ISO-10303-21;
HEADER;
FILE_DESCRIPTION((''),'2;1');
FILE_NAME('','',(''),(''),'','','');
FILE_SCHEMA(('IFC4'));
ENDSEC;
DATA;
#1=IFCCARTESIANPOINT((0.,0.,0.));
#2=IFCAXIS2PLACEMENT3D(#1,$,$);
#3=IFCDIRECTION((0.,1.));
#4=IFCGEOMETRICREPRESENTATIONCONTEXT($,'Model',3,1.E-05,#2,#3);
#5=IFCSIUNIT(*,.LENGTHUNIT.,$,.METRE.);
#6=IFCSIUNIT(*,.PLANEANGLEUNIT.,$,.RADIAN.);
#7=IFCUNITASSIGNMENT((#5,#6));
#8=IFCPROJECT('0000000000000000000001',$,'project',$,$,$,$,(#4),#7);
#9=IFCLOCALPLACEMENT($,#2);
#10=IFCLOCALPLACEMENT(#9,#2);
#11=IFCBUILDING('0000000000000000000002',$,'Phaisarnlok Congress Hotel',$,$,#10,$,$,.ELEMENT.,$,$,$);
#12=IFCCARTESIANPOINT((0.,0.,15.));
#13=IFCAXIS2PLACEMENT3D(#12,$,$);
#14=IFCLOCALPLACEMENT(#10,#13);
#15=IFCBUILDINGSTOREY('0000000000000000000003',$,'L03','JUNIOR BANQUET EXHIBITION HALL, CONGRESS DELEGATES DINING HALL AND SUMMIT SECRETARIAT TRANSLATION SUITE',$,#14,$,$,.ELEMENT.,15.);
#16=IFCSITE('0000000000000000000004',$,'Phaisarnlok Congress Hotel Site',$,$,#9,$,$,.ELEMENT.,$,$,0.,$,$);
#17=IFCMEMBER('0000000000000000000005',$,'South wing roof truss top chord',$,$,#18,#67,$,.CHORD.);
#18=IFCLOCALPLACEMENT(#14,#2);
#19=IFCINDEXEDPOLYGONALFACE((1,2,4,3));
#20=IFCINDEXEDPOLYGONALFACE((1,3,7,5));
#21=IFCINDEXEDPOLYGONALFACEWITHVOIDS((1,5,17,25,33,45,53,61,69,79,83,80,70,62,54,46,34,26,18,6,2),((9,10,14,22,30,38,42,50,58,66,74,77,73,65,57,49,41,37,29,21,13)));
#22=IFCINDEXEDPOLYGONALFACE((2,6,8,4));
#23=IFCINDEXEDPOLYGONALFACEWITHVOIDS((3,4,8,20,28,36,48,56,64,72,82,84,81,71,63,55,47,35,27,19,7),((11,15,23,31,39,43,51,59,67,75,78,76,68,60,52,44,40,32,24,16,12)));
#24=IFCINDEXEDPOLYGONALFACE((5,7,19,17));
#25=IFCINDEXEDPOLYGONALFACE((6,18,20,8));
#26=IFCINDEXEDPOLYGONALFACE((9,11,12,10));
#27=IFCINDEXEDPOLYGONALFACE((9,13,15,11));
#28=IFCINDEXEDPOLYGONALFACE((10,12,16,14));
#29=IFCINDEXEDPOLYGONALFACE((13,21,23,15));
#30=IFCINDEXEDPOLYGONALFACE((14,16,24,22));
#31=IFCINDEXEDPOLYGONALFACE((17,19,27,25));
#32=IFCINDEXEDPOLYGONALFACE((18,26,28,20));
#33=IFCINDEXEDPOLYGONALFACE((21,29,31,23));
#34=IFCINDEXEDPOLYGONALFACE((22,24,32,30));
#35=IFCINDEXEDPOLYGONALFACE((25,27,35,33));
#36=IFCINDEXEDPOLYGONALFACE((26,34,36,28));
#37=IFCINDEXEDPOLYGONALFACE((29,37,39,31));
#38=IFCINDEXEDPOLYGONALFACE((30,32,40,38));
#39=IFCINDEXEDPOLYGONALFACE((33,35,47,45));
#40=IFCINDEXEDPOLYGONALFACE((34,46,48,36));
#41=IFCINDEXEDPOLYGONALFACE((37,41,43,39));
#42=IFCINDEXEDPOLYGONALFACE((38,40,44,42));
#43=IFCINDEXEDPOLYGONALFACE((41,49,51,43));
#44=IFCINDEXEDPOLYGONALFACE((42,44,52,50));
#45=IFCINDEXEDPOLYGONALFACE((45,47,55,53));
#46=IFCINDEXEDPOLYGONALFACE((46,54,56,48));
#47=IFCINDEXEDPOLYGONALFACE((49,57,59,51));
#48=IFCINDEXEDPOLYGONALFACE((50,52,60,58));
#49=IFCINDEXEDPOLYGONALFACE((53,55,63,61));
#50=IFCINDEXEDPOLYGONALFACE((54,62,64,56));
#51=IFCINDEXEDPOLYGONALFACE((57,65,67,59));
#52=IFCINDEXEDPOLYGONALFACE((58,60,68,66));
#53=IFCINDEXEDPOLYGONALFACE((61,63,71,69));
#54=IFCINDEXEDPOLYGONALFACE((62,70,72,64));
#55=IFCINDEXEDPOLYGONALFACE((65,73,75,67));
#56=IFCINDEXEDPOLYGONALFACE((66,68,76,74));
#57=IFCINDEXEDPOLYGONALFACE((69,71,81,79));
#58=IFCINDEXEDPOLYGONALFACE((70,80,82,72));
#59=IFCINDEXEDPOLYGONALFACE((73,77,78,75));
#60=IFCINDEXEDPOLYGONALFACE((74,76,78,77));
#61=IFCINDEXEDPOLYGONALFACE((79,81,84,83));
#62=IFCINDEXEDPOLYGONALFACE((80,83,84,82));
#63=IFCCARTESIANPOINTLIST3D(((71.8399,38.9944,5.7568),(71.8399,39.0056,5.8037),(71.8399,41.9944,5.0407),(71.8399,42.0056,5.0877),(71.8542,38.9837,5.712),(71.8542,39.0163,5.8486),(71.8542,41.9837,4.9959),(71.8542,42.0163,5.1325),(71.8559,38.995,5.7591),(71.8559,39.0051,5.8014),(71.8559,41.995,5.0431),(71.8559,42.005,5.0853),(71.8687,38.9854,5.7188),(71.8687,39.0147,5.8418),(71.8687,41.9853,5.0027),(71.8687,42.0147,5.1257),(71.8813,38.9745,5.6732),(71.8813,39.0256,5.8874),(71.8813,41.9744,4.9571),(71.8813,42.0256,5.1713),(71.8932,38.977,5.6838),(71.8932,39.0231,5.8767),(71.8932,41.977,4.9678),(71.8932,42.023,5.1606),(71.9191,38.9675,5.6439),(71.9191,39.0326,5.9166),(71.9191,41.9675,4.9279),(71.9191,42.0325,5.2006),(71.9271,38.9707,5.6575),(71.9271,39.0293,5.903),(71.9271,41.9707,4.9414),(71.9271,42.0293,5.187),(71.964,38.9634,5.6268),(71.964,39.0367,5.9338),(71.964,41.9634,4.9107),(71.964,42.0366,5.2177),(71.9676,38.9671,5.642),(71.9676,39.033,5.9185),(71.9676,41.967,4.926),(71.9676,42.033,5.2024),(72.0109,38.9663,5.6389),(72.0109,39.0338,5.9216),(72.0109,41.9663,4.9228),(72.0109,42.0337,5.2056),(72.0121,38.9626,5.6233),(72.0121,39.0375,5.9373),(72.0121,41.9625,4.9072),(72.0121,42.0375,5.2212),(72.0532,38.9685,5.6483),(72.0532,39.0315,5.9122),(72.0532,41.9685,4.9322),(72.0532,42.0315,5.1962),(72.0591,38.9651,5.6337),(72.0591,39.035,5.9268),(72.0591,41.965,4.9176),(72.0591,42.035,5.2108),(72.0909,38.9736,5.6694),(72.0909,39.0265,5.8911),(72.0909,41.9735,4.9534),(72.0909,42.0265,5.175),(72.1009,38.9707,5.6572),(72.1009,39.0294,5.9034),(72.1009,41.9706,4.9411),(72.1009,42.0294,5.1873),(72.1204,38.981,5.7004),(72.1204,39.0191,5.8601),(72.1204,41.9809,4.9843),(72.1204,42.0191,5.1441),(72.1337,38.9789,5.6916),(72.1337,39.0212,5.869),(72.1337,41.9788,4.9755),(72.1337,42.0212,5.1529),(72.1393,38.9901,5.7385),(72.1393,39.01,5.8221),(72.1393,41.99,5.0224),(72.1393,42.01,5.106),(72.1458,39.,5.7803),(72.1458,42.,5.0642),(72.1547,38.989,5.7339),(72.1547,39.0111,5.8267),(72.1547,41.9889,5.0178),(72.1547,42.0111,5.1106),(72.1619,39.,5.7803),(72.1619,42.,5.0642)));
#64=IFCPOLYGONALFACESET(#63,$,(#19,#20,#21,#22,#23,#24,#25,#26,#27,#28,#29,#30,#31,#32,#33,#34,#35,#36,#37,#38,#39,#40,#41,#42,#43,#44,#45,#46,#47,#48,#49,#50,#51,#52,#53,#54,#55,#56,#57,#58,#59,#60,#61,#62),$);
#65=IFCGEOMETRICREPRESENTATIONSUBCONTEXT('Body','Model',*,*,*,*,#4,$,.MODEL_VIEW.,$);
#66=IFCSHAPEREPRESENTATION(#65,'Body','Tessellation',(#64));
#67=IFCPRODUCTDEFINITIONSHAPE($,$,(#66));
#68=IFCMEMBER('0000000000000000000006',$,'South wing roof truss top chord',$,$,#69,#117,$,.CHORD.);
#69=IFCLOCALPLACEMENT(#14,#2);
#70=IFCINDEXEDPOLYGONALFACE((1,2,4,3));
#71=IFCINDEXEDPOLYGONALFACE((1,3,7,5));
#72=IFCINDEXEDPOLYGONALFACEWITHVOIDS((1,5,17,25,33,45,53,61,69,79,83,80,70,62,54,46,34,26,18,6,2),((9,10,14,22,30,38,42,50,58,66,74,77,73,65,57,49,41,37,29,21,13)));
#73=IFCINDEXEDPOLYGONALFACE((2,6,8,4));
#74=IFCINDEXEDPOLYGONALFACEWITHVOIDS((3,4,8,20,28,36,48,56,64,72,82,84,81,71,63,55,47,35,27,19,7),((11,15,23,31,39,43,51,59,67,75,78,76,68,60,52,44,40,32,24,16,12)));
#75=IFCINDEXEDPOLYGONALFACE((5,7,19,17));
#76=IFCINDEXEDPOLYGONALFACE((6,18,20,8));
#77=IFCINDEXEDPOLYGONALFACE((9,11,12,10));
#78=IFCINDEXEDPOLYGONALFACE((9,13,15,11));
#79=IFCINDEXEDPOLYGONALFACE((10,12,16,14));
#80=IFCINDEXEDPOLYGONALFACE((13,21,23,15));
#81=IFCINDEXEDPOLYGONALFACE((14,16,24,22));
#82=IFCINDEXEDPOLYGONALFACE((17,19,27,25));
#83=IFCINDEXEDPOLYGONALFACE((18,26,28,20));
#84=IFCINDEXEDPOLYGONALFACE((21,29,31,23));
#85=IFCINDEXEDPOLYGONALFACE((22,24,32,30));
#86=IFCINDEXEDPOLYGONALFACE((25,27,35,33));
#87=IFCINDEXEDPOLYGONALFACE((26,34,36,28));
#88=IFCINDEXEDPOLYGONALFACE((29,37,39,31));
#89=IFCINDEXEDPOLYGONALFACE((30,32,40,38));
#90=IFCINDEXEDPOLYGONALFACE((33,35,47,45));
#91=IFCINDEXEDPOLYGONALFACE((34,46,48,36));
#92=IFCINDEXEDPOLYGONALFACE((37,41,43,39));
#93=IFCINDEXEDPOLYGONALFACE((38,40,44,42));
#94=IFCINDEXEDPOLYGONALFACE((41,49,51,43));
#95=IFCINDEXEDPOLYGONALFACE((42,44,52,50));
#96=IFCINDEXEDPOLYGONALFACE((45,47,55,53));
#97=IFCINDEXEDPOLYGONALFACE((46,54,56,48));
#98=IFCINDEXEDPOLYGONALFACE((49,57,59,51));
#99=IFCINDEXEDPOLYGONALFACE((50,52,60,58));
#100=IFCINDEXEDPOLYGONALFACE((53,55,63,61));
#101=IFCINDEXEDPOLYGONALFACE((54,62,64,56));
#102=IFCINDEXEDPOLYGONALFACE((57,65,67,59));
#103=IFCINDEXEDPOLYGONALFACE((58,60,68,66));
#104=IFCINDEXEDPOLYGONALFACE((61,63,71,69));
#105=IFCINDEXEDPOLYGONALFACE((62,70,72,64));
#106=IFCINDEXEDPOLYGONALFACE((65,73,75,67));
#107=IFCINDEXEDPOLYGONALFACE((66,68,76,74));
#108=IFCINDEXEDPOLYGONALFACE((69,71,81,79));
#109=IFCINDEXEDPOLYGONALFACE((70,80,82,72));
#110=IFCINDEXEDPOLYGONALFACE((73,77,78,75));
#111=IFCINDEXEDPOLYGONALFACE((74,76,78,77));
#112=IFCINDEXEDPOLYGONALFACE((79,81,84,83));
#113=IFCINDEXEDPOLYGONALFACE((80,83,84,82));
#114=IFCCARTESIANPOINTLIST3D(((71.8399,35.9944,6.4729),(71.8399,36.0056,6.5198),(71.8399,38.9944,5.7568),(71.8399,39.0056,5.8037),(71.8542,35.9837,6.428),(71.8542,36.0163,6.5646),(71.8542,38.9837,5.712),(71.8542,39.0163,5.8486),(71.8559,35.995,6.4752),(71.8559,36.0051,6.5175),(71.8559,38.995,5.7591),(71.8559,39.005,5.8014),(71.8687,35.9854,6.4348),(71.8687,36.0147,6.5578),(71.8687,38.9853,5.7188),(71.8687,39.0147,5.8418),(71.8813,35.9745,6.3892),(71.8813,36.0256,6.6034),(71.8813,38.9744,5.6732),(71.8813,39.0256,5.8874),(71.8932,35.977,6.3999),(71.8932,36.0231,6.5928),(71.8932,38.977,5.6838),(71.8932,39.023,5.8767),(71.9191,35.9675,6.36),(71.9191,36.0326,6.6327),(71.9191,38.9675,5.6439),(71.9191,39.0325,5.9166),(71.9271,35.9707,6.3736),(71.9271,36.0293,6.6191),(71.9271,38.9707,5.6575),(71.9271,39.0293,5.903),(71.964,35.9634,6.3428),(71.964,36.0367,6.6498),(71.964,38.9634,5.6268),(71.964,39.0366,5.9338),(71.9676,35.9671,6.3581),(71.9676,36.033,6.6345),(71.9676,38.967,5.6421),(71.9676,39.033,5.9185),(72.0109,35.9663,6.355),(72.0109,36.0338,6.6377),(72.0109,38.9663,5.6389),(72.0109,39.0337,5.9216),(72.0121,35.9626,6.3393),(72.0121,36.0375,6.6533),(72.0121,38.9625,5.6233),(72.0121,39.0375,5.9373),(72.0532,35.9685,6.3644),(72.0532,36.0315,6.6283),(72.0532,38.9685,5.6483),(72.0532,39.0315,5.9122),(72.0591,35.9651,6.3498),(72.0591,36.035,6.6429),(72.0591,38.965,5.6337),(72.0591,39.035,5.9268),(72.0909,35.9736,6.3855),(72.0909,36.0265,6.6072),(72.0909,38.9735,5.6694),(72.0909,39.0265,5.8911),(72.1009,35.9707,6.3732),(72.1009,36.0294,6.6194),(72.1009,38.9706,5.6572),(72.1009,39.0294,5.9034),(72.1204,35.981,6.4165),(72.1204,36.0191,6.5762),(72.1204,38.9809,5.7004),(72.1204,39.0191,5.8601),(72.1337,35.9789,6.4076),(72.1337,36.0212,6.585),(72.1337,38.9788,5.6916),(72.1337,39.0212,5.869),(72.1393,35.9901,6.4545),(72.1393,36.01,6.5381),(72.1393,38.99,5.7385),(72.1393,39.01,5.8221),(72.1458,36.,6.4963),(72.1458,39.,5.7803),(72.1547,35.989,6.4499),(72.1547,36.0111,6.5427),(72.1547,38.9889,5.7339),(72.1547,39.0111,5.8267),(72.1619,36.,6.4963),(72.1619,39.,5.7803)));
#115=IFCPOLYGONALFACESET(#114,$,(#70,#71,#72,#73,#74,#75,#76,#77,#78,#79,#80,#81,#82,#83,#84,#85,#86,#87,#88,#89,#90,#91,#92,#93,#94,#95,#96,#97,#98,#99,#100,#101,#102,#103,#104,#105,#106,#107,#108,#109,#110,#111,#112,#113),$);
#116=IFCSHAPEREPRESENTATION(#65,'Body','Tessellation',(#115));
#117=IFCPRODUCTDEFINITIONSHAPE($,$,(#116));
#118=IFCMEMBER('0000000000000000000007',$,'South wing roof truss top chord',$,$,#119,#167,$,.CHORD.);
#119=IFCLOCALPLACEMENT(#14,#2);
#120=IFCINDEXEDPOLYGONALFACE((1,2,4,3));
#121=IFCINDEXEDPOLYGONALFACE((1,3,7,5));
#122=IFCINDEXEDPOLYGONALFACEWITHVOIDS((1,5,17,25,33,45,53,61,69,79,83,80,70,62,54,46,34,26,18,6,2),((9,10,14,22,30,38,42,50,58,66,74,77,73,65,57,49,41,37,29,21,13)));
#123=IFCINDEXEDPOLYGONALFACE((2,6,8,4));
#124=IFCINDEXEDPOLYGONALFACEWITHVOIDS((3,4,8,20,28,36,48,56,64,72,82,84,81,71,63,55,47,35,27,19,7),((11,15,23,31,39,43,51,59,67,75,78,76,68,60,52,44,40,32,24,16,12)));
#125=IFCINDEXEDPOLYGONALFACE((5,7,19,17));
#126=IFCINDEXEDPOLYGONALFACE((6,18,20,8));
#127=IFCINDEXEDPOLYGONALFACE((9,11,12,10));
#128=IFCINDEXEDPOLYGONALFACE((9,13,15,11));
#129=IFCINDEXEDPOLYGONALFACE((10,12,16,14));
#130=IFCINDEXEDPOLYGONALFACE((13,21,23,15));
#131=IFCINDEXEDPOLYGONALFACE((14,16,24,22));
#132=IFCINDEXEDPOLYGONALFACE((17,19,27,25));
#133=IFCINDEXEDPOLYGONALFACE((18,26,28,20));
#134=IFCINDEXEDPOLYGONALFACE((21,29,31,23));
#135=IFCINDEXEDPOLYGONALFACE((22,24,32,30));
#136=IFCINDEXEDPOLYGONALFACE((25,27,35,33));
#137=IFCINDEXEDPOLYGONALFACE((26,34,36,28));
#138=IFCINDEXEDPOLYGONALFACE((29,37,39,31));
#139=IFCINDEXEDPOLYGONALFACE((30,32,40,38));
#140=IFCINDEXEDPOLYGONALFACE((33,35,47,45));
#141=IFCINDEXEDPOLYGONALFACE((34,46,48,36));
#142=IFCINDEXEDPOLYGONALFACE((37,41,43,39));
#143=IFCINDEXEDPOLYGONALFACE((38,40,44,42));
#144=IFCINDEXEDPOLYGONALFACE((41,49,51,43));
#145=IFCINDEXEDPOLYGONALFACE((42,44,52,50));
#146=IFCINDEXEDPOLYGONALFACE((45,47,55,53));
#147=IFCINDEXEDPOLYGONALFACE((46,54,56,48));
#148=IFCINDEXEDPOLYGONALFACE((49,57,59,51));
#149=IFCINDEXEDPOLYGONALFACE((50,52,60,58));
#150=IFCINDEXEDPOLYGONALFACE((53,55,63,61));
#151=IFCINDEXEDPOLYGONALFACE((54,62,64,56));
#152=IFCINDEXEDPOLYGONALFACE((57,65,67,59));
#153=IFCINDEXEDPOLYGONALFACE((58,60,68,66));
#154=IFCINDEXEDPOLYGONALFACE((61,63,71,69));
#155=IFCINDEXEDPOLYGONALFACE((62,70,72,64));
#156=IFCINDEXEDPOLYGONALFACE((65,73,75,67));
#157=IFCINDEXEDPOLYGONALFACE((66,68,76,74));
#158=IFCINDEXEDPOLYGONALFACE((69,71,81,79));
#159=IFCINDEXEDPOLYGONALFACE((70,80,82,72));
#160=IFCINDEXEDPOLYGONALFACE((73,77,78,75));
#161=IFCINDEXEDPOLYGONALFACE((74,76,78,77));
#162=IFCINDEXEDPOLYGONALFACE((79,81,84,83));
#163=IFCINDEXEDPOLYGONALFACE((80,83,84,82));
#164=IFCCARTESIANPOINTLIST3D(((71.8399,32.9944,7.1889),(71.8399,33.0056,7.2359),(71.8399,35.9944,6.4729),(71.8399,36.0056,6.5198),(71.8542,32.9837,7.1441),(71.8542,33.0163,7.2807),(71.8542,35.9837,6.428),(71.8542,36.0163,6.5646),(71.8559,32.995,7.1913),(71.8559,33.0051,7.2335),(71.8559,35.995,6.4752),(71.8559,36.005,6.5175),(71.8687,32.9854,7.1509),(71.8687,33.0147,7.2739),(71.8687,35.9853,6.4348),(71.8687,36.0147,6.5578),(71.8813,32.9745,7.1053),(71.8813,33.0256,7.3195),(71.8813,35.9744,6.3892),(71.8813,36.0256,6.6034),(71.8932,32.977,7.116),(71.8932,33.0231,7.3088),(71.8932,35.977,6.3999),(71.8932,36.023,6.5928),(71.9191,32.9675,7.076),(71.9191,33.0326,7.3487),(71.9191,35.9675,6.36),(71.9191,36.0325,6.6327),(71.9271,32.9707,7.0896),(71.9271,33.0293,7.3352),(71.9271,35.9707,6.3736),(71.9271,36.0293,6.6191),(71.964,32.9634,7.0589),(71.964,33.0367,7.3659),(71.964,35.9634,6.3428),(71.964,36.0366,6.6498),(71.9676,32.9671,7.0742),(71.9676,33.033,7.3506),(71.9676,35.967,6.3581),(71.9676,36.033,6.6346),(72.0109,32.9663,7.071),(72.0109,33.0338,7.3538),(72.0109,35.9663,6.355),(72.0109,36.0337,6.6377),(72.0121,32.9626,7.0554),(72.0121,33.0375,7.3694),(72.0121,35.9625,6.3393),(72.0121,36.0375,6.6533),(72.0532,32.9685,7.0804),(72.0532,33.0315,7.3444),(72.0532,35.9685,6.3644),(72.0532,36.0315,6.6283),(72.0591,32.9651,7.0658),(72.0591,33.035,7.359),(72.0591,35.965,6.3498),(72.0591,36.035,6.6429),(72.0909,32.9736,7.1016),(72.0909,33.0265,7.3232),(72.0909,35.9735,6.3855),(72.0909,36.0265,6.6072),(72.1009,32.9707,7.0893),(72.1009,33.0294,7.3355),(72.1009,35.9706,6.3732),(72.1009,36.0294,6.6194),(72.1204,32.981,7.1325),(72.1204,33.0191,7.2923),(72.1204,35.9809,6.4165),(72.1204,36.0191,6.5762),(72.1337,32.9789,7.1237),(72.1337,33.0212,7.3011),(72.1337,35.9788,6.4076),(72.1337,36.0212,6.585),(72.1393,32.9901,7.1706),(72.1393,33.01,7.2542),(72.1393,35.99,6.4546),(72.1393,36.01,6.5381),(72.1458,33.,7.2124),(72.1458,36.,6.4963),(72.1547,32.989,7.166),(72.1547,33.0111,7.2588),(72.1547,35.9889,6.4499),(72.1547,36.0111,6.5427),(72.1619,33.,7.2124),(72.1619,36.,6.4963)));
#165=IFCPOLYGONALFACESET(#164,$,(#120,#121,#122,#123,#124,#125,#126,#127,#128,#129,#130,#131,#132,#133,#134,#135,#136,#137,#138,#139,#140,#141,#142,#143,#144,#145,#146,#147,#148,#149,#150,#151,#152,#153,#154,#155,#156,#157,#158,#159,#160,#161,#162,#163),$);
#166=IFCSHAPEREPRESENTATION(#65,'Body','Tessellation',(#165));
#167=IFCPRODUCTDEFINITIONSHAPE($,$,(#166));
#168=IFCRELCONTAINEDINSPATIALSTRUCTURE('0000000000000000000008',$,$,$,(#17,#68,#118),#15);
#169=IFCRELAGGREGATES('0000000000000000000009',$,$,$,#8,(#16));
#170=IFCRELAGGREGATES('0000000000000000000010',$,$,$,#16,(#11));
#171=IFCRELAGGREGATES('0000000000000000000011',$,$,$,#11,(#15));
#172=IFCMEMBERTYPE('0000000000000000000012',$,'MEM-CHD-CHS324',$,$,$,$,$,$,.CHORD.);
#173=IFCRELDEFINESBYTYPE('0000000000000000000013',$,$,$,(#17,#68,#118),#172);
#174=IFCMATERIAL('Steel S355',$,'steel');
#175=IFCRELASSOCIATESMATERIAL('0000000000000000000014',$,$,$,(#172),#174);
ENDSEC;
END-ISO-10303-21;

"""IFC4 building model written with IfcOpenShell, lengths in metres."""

from ifc_helpers import new_model, si_unit, direction, frame, origin, origin_2d, place, context, subcontext, project, spatial, hollow_circle, extrude, material, material_profile, profile_set, type_object, element, save


model = new_model("IFC4")

# Units and contexts
model_context = context("Model", 3, precision=1e-05, world=origin(), true_north=direction((0.0, 1.0)))
body_context = subcontext(model_context, "Body", "Model", "MODEL_VIEW")
ifc_project = project(units=[si_unit("LENGTHUNIT", "METRE"), si_unit("PLANEANGLEUNIT", "RADIAN")], contexts=[model_context])

# Site, building, storey
site_placement = place(None, origin())
site = spatial("IfcSite", under=ifc_project, at=site_placement, Name="Phaisarnlok Congress Hotel Site", CompositionType="ELEMENT", RefElevation=0.0)
building_placement = place(site_placement, origin())
building = spatial("IfcBuilding", under=site, at=building_placement, Name="Phaisarnlok Congress Hotel", CompositionType="ELEMENT")
storey_placement = place(building_placement, frame((0.0, 0.0, 15.0)))
storey = spatial("IfcBuildingStorey", under=building, at=storey_placement, Name="L03", Description="JUNIOR BANQUET EXHIBITION HALL, CONGRESS DELEGATES DINING HALL AND SUMMIT SECRETARIAT TRANSLATION SUITE", CompositionType="ELEMENT", Elevation=15.0)

# Shared definitions
ifc_material_1 = material(Name="Steel S355", Category="steel")

# Members
ifc_material_profile_1 = material_profile(ifc_material_1, hollow_circle(Radius=0.1619, WallThickness=0.0161, at=origin_2d()), Name="CHS 323.9x16")
ifc_profile_set_1 = profile_set([ifc_material_profile_1], Name="Steel S355")
member_type_1 = type_object("IfcMemberType", Name="MEM-CHD-CHS324", PredefinedType="CHORD", material=ifc_profile_set_1)
for number, where, z_axis, x_axis, name in (
    (1, (72.0, 42.0, 5.0642), (0.0, -0.972676, 0.232166), (1.0, 0.0, 0.0), "South wing roof truss top chord"),
    (2, (72.0, 39.0, 5.7803), (0.0, -0.972676, 0.232166), (1.0, 0.0, 0.0), "South wing roof truss top chord"),
    (3, (72.0, 36.0, 6.4963), (0.0, -0.972676, 0.232166), (1.0, 0.0, 0.0), "South wing roof truss top chord"),
):
    element("IfcMember", number, at=place(storey_placement, frame(where, z_axis=z_axis, x_axis=x_axis)), inside=storey, type_object=member_type_1, Name=name, PredefinedType="CHORD", context=body_context, shape_type="SweptSolid", body=[
        extrude(hollow_circle(Radius=0.1619, WallThickness=0.0161, at=origin_2d()), origin(), (0.0, 0.0, 1.0), 3.0842),
    ])

save(model, "model.ifc")
